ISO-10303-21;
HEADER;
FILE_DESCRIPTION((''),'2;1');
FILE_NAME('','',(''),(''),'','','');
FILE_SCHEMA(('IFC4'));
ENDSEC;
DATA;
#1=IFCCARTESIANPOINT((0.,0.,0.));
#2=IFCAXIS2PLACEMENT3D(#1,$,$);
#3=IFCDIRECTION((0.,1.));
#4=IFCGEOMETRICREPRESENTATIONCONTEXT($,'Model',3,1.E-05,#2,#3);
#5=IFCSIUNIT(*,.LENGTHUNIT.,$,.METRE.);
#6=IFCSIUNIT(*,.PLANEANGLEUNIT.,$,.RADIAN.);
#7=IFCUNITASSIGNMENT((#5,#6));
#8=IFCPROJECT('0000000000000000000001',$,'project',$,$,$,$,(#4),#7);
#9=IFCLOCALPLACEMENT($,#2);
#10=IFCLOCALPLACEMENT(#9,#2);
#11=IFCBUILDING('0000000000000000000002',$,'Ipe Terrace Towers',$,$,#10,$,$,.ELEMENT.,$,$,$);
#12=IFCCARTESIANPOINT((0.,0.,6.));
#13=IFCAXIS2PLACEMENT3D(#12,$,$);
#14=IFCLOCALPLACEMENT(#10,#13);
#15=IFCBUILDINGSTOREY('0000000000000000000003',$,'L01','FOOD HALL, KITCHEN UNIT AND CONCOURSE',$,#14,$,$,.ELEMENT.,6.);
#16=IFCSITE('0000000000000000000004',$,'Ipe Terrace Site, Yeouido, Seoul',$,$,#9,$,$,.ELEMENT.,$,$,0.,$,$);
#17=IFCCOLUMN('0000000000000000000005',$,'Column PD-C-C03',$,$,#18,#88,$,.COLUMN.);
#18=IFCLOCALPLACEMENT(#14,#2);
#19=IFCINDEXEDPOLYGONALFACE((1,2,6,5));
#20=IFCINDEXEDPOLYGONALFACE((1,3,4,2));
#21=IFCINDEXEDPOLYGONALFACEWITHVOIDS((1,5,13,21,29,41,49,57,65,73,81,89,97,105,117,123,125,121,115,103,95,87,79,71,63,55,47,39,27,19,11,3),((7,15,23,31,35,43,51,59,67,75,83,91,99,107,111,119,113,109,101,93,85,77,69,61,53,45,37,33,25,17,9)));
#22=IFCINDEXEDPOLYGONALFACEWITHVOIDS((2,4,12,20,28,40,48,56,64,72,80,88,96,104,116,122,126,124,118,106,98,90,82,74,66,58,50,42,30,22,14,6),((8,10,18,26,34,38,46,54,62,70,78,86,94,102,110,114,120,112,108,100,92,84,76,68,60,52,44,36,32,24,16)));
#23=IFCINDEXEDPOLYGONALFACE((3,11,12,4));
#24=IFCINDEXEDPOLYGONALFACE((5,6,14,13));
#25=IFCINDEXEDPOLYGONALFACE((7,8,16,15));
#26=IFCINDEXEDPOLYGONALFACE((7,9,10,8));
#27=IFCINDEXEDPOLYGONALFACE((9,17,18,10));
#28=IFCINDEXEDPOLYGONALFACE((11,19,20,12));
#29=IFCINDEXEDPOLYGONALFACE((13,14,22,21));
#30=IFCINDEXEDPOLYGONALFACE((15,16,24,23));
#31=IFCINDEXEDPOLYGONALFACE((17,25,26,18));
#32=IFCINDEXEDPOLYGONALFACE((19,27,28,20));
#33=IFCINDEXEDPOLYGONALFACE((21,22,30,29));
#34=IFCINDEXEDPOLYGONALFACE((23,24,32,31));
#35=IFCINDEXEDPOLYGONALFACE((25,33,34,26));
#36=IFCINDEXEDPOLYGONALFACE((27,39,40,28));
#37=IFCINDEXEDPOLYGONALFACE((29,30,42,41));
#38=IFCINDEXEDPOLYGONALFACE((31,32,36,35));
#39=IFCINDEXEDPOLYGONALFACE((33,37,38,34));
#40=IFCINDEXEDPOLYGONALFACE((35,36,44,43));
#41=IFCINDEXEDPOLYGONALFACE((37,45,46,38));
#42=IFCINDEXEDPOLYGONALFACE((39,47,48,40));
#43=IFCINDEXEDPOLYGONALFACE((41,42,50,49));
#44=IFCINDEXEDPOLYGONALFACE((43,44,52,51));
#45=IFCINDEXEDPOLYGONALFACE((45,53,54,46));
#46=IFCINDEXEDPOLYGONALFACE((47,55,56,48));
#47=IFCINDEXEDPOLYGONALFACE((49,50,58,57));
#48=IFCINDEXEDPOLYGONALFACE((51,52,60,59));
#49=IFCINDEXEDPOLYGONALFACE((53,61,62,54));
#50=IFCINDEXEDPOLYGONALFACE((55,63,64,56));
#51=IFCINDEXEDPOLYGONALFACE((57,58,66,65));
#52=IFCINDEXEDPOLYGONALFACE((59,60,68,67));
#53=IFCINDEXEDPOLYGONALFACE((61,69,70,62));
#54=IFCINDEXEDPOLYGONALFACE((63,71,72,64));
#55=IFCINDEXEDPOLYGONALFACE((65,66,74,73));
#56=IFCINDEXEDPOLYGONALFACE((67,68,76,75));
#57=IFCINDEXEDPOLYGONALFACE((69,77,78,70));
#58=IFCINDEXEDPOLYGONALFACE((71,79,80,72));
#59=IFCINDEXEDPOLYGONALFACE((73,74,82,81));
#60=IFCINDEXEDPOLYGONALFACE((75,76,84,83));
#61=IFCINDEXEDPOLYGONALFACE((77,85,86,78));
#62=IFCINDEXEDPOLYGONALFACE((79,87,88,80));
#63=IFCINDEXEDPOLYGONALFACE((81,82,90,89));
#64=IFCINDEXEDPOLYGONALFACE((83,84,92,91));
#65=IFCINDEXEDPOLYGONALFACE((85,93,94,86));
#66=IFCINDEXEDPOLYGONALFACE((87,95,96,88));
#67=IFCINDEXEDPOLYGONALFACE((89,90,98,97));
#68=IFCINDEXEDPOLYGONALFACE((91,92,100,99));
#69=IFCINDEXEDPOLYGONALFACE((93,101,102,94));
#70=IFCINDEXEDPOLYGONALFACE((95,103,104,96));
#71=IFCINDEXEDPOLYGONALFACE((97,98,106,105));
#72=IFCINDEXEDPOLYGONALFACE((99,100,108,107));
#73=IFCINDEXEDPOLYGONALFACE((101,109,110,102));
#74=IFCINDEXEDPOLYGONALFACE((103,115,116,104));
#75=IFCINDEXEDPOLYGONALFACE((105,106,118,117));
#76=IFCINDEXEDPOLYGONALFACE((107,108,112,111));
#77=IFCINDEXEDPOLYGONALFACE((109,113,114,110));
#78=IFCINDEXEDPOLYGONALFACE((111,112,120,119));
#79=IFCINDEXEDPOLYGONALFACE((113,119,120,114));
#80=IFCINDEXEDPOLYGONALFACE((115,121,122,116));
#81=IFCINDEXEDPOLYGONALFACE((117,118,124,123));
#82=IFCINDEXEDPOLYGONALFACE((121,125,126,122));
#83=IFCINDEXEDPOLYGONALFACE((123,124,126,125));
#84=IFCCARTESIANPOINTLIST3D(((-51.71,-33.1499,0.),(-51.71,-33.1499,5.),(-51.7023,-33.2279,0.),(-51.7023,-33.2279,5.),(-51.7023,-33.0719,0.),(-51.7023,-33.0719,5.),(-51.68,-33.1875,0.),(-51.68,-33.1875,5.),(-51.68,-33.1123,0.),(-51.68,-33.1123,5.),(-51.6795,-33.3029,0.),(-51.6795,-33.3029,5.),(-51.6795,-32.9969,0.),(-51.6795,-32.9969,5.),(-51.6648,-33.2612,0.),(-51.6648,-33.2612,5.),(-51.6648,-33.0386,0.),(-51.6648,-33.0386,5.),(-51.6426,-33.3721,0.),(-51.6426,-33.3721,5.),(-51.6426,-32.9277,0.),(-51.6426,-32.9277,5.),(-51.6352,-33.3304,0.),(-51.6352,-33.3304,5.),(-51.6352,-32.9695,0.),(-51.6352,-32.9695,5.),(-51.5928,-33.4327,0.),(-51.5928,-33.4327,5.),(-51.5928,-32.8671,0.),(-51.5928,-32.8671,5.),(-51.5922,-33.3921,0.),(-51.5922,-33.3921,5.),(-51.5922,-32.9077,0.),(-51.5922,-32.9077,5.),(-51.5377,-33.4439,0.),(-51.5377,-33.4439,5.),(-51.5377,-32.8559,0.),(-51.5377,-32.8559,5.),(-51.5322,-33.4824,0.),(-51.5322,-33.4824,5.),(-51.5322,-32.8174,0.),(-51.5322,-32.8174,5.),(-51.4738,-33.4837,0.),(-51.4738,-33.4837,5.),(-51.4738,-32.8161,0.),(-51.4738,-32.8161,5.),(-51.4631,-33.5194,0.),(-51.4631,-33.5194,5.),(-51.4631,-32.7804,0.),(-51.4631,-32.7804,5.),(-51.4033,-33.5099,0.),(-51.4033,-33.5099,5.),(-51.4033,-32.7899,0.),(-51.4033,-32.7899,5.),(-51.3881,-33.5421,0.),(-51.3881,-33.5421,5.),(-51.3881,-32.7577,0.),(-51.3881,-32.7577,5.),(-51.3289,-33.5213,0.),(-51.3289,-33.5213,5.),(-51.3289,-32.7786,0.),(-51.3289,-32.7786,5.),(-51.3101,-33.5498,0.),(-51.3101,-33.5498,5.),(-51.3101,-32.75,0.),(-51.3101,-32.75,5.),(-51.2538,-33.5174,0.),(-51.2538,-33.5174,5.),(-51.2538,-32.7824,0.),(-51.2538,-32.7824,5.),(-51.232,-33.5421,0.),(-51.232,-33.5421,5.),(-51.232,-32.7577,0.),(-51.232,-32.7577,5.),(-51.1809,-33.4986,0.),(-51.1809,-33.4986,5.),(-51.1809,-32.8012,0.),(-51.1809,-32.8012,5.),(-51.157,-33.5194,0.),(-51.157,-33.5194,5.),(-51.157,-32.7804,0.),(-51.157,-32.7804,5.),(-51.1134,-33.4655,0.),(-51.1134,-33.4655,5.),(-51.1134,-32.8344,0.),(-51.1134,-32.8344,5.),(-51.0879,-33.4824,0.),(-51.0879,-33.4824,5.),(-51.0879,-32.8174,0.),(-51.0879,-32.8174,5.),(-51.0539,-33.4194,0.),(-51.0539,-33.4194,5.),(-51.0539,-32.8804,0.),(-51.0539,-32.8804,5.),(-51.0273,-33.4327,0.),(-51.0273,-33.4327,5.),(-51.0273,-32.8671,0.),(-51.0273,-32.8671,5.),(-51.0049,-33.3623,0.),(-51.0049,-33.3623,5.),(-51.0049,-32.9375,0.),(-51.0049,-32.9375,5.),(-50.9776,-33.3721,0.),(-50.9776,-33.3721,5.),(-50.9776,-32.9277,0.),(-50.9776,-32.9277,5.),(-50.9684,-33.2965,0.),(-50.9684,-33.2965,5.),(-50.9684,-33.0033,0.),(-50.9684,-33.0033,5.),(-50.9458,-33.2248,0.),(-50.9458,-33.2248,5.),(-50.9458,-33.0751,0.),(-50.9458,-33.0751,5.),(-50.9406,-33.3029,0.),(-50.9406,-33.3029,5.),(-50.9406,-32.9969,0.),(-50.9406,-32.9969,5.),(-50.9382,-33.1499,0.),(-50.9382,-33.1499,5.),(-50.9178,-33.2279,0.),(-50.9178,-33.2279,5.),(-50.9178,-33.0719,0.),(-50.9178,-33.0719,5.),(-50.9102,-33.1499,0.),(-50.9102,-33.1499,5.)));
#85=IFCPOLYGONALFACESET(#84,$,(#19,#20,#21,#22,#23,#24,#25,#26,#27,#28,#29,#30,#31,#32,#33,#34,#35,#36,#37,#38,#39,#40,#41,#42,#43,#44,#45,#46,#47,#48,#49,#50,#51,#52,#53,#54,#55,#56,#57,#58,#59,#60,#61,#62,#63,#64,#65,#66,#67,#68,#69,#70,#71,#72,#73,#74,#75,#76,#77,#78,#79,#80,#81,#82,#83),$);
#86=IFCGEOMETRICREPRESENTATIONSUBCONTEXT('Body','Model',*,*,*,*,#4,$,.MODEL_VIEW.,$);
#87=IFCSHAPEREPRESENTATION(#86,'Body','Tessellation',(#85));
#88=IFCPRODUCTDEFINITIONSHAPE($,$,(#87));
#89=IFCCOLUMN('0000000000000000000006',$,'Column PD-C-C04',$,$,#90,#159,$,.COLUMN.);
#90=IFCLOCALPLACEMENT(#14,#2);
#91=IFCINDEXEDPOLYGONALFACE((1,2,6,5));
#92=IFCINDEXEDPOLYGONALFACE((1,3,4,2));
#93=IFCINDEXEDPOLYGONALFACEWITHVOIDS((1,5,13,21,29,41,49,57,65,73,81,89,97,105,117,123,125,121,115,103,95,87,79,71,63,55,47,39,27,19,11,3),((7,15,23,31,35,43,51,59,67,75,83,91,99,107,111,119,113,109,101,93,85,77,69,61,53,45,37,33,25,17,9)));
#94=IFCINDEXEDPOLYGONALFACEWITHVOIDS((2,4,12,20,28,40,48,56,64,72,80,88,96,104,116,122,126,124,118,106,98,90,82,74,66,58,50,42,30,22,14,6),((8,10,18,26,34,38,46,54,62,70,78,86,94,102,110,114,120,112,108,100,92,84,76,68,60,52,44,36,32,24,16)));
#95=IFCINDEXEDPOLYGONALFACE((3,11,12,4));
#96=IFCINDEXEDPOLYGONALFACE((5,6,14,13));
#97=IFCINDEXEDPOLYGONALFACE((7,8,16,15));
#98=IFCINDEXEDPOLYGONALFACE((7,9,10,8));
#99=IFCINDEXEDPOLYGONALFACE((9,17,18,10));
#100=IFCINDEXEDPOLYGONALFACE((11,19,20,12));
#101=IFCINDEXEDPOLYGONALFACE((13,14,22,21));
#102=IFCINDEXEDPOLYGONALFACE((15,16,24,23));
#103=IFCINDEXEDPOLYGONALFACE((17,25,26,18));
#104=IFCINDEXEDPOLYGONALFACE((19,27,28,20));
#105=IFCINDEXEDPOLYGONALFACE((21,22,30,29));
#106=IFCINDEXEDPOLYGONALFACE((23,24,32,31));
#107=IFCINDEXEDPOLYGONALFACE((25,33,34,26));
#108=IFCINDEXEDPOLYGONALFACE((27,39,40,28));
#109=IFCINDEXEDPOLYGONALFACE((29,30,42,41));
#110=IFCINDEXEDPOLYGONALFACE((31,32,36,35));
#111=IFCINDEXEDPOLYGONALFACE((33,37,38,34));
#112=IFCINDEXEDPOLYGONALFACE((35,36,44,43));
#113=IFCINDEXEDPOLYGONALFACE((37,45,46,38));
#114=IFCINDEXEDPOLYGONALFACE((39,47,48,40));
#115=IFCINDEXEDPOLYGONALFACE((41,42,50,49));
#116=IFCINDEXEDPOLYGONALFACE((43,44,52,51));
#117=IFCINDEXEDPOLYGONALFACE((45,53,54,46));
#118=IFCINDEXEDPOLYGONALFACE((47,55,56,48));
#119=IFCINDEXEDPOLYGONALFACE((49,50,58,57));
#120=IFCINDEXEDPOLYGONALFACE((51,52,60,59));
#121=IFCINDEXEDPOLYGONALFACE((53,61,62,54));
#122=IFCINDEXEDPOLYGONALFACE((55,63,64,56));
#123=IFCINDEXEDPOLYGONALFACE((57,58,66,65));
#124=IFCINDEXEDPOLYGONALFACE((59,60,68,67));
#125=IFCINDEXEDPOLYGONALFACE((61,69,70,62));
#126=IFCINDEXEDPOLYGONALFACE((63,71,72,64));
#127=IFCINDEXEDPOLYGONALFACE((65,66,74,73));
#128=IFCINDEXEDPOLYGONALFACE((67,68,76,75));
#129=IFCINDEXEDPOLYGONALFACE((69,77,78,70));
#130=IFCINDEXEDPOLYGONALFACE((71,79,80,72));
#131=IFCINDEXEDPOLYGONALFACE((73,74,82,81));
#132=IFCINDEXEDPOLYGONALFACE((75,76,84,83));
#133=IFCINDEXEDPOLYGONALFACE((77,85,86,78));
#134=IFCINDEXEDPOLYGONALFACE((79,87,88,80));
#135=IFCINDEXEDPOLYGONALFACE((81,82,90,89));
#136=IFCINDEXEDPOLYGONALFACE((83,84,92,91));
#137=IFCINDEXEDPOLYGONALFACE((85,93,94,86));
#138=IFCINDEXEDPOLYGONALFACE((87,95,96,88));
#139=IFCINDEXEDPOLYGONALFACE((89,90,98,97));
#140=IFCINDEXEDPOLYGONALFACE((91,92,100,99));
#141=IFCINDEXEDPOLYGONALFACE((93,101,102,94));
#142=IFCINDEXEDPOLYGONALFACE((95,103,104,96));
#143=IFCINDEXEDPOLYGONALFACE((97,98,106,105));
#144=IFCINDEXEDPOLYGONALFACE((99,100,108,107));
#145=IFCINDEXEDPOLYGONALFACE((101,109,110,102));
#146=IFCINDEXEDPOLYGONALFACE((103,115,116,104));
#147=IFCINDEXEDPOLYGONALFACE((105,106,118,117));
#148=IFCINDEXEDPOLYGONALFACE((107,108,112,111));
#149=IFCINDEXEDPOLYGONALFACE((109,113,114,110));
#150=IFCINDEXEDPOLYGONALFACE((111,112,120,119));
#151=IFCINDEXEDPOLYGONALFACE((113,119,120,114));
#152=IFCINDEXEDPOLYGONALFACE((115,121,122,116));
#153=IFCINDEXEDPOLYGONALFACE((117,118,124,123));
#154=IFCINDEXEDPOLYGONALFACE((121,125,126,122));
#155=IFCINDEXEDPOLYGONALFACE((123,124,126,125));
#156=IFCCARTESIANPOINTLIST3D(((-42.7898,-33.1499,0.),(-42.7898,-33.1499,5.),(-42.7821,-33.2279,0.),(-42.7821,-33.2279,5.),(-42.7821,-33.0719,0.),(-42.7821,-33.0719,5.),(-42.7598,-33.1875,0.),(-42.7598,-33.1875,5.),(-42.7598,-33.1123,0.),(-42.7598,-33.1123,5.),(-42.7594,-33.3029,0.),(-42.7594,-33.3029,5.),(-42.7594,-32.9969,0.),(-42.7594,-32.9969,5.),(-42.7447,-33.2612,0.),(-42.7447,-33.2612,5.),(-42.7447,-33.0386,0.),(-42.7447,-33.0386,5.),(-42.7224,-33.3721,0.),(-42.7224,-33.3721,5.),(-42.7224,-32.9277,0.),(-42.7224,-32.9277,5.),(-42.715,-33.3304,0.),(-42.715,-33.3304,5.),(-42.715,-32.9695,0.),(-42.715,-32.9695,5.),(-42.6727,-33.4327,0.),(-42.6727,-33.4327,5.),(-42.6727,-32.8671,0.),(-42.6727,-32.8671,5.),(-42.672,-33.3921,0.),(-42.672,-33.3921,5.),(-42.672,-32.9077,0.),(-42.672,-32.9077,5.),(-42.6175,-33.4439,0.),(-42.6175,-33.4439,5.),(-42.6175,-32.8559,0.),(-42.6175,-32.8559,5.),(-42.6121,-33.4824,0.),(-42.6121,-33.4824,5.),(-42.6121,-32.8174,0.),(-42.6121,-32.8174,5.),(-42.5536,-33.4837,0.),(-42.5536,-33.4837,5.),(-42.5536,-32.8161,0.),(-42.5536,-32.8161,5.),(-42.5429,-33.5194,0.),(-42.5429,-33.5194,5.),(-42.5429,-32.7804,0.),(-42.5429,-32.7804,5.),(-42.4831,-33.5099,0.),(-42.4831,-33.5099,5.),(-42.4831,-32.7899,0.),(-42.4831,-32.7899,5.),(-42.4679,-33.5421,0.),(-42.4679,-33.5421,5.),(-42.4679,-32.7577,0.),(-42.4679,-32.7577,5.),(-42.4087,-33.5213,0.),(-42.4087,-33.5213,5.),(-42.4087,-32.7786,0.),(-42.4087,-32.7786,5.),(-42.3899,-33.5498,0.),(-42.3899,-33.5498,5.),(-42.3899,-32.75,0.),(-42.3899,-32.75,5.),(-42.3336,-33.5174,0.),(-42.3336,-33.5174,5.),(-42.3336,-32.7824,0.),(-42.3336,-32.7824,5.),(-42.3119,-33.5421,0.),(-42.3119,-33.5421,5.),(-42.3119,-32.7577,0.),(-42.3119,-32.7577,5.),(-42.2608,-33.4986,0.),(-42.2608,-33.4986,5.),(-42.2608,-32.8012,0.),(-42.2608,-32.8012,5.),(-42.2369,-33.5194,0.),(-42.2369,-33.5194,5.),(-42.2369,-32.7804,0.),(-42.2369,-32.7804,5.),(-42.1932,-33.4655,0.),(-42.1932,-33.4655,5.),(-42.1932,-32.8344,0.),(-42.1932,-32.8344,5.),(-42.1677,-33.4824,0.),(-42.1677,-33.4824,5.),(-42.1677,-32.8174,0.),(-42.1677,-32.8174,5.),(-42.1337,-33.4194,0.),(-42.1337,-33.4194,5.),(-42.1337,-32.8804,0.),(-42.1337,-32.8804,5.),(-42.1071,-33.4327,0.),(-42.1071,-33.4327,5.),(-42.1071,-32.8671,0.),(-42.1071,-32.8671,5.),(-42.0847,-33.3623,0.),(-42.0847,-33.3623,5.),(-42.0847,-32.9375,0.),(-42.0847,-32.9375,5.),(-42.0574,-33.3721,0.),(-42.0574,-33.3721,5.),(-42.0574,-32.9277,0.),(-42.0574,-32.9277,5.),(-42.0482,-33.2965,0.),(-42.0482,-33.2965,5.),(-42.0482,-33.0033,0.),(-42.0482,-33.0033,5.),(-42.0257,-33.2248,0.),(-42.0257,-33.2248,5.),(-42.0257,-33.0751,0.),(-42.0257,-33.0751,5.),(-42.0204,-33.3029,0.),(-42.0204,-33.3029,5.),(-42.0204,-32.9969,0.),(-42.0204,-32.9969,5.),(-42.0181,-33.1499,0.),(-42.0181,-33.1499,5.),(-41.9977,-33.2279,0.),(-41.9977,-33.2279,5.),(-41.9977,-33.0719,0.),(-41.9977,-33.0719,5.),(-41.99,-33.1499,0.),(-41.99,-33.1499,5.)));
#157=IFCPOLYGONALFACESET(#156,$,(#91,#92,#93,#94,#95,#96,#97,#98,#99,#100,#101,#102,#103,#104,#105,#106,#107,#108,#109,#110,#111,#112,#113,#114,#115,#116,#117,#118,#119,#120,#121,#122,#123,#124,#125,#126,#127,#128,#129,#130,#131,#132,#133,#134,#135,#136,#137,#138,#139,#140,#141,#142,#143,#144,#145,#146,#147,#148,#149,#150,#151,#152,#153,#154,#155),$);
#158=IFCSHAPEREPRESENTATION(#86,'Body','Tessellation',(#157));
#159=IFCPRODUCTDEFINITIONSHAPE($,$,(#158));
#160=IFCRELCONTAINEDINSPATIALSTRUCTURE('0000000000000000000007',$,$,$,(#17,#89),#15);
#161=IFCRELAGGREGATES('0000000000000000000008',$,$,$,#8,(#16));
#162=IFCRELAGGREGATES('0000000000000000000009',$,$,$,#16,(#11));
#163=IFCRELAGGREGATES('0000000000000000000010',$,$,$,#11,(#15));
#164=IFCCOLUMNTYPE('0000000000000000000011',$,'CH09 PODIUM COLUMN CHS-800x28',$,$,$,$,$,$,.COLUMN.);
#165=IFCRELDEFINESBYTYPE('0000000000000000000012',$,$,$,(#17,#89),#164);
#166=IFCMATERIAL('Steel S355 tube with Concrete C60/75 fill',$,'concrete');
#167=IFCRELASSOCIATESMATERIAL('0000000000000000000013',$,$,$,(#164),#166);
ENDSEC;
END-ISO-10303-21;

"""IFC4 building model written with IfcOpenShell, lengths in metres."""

from ifc_helpers import new_model, si_unit, direction, frame, origin, origin_2d, place, context, subcontext, project, spatial, hollow_circle, extrude, material, material_profile, profile_set, type_object, element, save


model = new_model("IFC4")

# Units and contexts
model_context = context("Model", 3, precision=1e-05, world=origin(), true_north=direction((0.0, 1.0)))
body_context = subcontext(model_context, "Body", "Model", "MODEL_VIEW")
ifc_project = project(units=[si_unit("LENGTHUNIT", "METRE"), si_unit("PLANEANGLEUNIT", "RADIAN")], contexts=[model_context])

# Site, building, storey
site_placement = place(None, origin())
site = spatial("IfcSite", under=ifc_project, at=site_placement, Name="Ipe Terrace Site, Yeouido, Seoul", CompositionType="ELEMENT", RefElevation=0.0)
building_placement = place(site_placement, origin())
building = spatial("IfcBuilding", under=site, at=building_placement, Name="Ipe Terrace Towers", CompositionType="ELEMENT")
storey_placement = place(building_placement, frame((0.0, 0.0, 6.0)))
storey = spatial("IfcBuildingStorey", under=building, at=storey_placement, Name="L01", Description="FOOD HALL, KITCHEN UNIT AND CONCOURSE", CompositionType="ELEMENT", Elevation=6.0)

# Columns
ifc_material_1 = material(Name="Steel S355 tube with Concrete C60/75 fill", Category="concrete")
ifc_material_profile_1 = material_profile(ifc_material_1, hollow_circle(Radius=0.3999, WallThickness=0.0281, at=origin_2d()), Name="CHS-800x28")
ifc_profile_set_1 = profile_set([ifc_material_profile_1], Name="Steel S355 tube with Concrete C60/75 fill")
column_type = type_object("IfcColumnType", Name="CH09 PODIUM COLUMN CHS-800x28", PredefinedType="COLUMN", material=ifc_profile_set_1)
for number, where, z_axis, x_axis, name in (
    (1, (-51.3101, -33.1499, 0.0), (0.0, 0.0, 1.0), (1.0, 0.0, 0.0), "Column PD-C-C03"),
    (2, (-42.3899, -33.1499, 0.0), (0.0, 0.0, 1.0), (1.0, 0.0, 0.0), "Column PD-C-C04"),
):
    element("IfcColumn", number, at=place(storey_placement, frame(where, z_axis=z_axis, x_axis=x_axis)), inside=storey, type_object=column_type, Name=name, PredefinedType="COLUMN", context=body_context, shape_type="SweptSolid", body=[
        extrude(hollow_circle(Radius=0.3999, WallThickness=0.0281, at=origin_2d()), origin(), (0.0, 0.0, 1.0), 5.0),
    ])

save(model, "model.ifc")
